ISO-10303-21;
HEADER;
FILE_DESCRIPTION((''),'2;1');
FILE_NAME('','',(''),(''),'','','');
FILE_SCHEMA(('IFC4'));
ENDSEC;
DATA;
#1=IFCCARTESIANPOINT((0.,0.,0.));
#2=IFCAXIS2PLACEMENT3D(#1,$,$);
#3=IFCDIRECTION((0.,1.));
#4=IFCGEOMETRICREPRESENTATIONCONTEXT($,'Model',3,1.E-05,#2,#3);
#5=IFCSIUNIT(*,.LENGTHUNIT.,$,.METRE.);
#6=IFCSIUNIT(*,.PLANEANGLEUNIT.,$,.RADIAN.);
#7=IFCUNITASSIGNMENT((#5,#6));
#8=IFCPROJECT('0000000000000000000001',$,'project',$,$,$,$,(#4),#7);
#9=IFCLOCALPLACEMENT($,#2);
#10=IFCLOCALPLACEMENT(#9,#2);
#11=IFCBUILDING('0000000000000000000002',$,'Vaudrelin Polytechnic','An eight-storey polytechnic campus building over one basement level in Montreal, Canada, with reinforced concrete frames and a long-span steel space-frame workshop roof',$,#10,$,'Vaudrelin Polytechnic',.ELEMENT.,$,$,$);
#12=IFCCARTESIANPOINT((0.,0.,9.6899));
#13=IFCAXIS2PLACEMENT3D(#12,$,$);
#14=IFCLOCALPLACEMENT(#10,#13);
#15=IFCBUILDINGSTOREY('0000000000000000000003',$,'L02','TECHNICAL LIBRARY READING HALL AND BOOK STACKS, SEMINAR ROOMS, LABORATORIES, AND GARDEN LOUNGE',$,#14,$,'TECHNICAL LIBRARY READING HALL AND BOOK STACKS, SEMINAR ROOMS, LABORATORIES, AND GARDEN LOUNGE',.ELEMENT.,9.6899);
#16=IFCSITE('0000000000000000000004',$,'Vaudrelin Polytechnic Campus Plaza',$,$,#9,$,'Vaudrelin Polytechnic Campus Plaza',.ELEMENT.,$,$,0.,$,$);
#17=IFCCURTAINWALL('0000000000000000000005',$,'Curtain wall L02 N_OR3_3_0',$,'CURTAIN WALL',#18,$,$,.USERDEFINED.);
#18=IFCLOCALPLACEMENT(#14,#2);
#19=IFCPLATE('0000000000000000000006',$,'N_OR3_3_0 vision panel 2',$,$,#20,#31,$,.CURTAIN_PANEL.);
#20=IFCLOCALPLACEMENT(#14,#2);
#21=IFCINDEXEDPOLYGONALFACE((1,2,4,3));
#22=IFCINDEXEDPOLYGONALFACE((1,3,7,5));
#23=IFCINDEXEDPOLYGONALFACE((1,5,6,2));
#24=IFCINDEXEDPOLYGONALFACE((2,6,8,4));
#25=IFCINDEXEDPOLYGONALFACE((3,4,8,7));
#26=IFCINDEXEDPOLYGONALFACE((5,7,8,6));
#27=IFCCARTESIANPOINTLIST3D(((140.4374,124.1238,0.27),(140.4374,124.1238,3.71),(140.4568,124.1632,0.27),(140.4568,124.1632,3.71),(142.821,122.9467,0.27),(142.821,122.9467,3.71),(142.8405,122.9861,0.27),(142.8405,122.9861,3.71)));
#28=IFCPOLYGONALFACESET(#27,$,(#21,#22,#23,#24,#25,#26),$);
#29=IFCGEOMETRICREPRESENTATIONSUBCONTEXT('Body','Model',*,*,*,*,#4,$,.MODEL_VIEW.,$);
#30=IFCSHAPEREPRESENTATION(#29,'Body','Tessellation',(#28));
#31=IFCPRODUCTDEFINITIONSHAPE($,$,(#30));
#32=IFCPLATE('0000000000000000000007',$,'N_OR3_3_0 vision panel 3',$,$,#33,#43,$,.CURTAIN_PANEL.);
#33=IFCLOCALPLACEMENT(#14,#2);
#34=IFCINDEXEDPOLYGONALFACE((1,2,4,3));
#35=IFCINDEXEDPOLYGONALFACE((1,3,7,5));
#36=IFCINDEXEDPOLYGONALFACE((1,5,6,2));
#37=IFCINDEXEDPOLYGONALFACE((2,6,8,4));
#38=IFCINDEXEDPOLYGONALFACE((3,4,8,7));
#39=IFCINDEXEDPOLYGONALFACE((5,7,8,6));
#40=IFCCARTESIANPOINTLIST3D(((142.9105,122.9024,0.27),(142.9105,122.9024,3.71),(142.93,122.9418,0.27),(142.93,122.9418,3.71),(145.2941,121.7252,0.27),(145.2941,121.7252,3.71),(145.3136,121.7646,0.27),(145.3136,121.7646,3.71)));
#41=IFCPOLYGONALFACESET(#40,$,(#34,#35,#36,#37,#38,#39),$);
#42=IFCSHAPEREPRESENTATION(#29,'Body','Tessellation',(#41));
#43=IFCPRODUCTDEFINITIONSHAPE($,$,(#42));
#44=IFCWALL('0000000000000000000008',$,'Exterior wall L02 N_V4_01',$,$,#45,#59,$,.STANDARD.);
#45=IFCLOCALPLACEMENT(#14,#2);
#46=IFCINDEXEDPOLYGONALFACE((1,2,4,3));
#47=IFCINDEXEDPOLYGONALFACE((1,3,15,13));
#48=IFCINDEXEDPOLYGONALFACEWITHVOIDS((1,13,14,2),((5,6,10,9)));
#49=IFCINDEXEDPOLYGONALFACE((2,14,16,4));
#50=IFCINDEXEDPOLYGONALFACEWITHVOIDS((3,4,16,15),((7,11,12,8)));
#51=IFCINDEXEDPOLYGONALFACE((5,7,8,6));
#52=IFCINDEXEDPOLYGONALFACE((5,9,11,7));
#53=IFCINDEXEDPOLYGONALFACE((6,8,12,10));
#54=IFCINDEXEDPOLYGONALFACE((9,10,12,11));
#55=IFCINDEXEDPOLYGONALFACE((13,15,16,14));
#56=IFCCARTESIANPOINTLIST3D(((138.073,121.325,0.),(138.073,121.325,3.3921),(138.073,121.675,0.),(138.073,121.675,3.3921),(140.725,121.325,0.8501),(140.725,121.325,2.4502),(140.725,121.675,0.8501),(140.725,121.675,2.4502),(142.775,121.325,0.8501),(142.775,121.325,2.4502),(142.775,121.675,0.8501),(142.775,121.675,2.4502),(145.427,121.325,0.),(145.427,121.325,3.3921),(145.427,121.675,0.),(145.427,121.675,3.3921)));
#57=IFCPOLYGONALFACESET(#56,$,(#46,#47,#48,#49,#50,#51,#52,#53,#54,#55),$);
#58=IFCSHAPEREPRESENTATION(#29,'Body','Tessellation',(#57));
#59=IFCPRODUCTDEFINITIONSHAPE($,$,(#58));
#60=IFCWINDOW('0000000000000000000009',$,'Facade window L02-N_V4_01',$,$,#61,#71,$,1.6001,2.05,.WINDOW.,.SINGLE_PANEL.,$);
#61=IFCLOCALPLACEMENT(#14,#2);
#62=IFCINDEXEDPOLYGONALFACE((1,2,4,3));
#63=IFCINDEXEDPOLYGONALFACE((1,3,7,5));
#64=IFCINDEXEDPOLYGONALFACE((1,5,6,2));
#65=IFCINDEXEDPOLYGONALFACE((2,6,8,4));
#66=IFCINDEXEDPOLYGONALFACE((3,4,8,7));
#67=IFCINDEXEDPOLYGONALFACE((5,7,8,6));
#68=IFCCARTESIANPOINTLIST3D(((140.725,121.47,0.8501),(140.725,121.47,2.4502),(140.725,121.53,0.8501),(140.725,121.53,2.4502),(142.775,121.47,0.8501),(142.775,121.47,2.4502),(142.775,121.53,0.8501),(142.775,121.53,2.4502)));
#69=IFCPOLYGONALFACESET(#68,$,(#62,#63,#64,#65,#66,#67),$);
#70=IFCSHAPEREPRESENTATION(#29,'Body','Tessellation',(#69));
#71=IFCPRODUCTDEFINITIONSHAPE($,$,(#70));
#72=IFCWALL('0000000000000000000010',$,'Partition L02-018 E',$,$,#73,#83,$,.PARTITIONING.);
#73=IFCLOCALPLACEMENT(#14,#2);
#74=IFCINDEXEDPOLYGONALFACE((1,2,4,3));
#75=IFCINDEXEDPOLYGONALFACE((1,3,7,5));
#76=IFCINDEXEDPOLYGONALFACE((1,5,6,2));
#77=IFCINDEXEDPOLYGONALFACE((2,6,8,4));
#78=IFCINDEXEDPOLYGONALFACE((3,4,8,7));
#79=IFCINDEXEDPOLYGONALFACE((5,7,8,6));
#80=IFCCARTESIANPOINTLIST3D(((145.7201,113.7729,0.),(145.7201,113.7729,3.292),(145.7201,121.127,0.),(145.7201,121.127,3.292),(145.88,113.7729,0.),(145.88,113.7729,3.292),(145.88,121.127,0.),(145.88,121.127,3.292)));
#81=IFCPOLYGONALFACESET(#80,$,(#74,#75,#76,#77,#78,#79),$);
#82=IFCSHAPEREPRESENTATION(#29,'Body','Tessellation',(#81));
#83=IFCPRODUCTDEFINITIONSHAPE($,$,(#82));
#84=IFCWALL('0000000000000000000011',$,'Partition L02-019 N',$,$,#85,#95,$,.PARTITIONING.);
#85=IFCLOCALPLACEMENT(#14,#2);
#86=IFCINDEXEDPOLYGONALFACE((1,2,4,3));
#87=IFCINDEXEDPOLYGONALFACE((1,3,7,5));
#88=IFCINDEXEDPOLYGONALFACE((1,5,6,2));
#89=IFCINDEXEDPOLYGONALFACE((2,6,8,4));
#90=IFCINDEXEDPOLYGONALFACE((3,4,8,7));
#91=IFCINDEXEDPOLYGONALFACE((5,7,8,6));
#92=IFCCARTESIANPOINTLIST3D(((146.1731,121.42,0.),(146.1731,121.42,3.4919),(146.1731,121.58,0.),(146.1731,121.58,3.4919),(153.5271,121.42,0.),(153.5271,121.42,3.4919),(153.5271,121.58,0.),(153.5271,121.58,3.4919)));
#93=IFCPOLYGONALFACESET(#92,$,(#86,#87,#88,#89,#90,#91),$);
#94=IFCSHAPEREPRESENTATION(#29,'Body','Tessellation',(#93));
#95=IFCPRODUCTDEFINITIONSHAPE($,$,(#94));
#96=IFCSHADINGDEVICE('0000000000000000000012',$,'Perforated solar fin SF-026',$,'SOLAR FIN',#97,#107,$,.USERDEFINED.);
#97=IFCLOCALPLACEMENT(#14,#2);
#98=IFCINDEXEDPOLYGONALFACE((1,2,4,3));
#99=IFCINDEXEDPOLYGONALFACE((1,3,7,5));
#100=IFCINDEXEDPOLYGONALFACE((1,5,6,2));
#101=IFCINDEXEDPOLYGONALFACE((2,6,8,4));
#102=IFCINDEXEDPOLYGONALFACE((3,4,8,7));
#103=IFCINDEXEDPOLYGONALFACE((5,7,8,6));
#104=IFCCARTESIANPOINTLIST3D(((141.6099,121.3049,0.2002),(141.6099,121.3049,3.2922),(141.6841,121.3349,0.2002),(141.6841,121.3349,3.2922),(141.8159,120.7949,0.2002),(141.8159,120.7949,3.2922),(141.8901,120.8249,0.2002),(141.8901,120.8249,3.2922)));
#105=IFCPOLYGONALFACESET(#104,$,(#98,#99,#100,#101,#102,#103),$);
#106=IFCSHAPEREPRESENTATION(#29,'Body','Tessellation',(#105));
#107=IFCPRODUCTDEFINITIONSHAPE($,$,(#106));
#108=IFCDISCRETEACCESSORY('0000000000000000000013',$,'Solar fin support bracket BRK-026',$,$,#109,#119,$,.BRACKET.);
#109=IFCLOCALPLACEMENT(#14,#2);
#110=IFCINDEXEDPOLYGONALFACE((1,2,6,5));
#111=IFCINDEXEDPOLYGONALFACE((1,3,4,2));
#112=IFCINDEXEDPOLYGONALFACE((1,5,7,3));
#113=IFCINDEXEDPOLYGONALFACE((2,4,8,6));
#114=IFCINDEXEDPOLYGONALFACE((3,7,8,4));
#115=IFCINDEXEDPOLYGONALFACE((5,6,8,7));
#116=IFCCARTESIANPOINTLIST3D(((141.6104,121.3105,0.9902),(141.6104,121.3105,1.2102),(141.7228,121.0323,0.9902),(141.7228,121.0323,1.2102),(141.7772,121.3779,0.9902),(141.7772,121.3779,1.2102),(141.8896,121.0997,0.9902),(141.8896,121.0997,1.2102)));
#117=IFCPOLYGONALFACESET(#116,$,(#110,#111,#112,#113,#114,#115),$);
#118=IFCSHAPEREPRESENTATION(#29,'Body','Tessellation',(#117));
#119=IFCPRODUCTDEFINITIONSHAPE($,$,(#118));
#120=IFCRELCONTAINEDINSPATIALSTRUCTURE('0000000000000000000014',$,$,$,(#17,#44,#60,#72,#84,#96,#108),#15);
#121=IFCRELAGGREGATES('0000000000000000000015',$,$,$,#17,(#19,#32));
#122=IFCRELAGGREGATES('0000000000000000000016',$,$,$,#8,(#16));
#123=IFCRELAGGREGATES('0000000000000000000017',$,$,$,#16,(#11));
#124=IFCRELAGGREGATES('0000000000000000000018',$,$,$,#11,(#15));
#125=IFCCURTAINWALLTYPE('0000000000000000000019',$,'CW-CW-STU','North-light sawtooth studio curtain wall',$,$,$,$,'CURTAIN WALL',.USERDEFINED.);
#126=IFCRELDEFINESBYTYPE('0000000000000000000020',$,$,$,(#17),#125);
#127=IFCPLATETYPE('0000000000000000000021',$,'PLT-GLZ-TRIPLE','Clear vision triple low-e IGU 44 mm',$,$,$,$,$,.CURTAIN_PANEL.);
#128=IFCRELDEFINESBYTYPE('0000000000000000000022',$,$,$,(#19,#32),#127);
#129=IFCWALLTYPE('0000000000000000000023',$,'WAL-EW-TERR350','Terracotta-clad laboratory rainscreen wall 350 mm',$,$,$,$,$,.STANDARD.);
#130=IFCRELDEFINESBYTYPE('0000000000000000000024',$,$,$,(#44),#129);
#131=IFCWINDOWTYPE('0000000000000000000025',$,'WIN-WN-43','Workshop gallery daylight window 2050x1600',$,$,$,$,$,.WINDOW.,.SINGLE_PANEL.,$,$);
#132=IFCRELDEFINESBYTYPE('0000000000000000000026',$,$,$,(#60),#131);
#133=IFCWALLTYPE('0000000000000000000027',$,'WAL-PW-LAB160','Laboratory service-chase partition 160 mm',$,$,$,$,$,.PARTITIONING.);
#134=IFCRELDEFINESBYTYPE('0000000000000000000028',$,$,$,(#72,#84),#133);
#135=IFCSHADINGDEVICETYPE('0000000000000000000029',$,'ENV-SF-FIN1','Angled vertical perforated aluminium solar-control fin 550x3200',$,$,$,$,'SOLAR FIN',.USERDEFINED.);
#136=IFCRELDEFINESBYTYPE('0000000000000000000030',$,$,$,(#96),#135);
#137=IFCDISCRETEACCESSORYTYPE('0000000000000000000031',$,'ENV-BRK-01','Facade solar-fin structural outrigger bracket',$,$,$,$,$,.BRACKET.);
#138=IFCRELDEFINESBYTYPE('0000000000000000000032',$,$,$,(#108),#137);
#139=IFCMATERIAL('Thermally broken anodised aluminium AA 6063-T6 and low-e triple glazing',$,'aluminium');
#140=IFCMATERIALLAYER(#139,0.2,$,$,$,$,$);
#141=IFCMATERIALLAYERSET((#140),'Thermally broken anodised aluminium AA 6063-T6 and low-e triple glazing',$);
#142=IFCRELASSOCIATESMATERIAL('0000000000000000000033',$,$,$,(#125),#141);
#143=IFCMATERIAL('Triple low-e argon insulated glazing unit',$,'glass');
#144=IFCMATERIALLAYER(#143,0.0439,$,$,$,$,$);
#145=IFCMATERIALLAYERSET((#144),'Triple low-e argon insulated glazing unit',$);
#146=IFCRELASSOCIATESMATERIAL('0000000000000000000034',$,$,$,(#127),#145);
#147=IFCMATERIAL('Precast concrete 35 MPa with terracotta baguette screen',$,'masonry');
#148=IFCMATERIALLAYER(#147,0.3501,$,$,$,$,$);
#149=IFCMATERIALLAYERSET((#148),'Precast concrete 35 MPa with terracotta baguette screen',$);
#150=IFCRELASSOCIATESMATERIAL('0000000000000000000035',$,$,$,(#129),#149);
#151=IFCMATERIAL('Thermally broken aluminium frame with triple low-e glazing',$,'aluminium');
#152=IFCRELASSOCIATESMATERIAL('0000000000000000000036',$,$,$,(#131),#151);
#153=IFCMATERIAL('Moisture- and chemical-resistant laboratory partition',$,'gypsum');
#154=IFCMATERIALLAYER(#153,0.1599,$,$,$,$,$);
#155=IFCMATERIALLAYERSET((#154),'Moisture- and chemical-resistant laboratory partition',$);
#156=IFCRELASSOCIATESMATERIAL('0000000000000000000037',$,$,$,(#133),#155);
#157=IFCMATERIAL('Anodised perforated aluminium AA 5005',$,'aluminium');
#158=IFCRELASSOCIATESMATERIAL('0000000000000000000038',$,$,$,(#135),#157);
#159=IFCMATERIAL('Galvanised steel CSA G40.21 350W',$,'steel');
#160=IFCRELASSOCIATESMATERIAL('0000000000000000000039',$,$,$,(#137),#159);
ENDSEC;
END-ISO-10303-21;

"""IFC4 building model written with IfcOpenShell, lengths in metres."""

from ifc_helpers import new_model, si_unit, direction, frame, frame_2d, origin, origin_2d, place, context, subcontext, project, spatial, rectangle, extrude, material, layer, layer_set, type_object, element, fill, aggregate, save


model = new_model("IFC4")

# Units and contexts
model_context = context("Model", 3, precision=1e-05, world=origin(), true_north=direction((0.0, 1.0)))
body_context = subcontext(model_context, "Body", "Model", "MODEL_VIEW")
ifc_project = project(units=[si_unit("LENGTHUNIT", "METRE"), si_unit("PLANEANGLEUNIT", "RADIAN")], contexts=[model_context])

# Site, building, storey
site_placement = place(None, origin())
site = spatial("IfcSite", under=ifc_project, at=site_placement, Name="Vaudrelin Polytechnic Campus Plaza", LongName="Vaudrelin Polytechnic Campus Plaza", CompositionType="ELEMENT", RefElevation=0.0)
building_placement = place(site_placement, origin())
building = spatial("IfcBuilding", under=site, at=building_placement, Name="Vaudrelin Polytechnic", Description="An eight-storey polytechnic campus building over one basement level in Montreal, Canada, with reinforced concrete frames and a long-span steel space-frame workshop roof", LongName="Vaudrelin Polytechnic", CompositionType="ELEMENT")
storey_placement = place(building_placement, frame((0.0, 0.0, 9.6899)))
storey = spatial("IfcBuildingStorey", under=building, at=storey_placement, Name="L02", Description="TECHNICAL LIBRARY READING HALL AND BOOK STACKS, SEMINAR ROOMS, LABORATORIES, AND GARDEN LOUNGE", LongName="TECHNICAL LIBRARY READING HALL AND BOOK STACKS, SEMINAR ROOMS, LABORATORIES, AND GARDEN LOUNGE", CompositionType="ELEMENT", Elevation=9.6899)

# Shared definitions
ifc_material_1 = material(Name="Thermally broken anodised aluminium AA 6063-T6 and low-e triple glazing", Category="aluminium")

# Curtain wall
ifc_layer_1 = layer(ifc_material_1, 0.2)
ifc_layer_set_1 = layer_set([ifc_layer_1], Name="Thermally broken anodised aluminium AA 6063-T6 and low-e triple glazing")
curtain_wall_type_1 = type_object("IfcCurtainWallType", Name="CW-CW-STU", Description="North-light sawtooth studio curtain wall", ElementType="CURTAIN WALL", PredefinedType="USERDEFINED", material=ifc_layer_set_1)
curtain_wall_1_placement = place(storey_placement, origin())
curtain_wall_1 = element("IfcCurtainWall", 1, at=curtain_wall_1_placement, inside=storey, type_object=curtain_wall_type_1, Name="Curtain wall L02 N_OR3_3_0", ObjectType="CURTAIN WALL", PredefinedType="USERDEFINED")

# Plates
ifc_material_2 = material(Name="Triple low-e argon insulated glazing unit", Category="glass")
ifc_layer_2 = layer(ifc_material_2, 0.0439)
ifc_layer_set_2 = layer_set([ifc_layer_2], Name="Triple low-e argon insulated glazing unit")
plate_type_1 = type_object("IfcPlateType", Name="PLT-GLZ-TRIPLE", Description="Clear vision triple low-e IGU 44 mm", PredefinedType="CURTAIN_PANEL", material=ifc_layer_set_2)
plate_1_placement = place(storey_placement, frame((141.6389, 123.5549, 0.27), z_axis=(0.0, 0.0, 1.0), x_axis=(0.896628, -0.442785, 0.0)))
plate_1 = element("IfcPlate", 2, at=plate_1_placement, type_object=plate_type_1, Name="N_OR3_3_0 vision panel 2", PredefinedType="CURTAIN_PANEL", context=body_context, shape_type="SweptSolid", body=[
    extrude(rectangle(XDim=2.6584, YDim=0.0439, at=origin_2d()), origin(), (0.0, 0.0, 1.0), 3.4399),
])
plate_2_placement = place(storey_placement, frame((144.1121, 122.3335, 0.27), z_axis=(0.0, 0.0, 1.0), x_axis=(0.896628, -0.442785, 0.0)))
plate_2 = element("IfcPlate", 3, at=plate_2_placement, type_object=plate_type_1, Name="N_OR3_3_0 vision panel 3", PredefinedType="CURTAIN_PANEL", context=body_context, shape_type="SweptSolid", body=[
    extrude(rectangle(XDim=2.6584, YDim=0.0439, at=origin_2d()), origin(), (0.0, 0.0, 1.0), 3.4399),
])
aggregate(curtain_wall_1, [plate_1, plate_2])

# Wall, opening, window
ifc_material_3 = material(Name="Precast concrete 35 MPa with terracotta baguette screen", Category="masonry")
ifc_layer_3 = layer(ifc_material_3, 0.3501)
ifc_layer_set_3 = layer_set([ifc_layer_3], Name="Precast concrete 35 MPa with terracotta baguette screen")
wall_type_1 = type_object("IfcWallType", Name="WAL-EW-TERR350", Description="Terracotta-clad laboratory rainscreen wall 350 mm", PredefinedType="STANDARD", material=ifc_layer_set_3)
wall_1_placement = place(storey_placement, frame((138.073, 121.5, 0.0), z_axis=(0.0, 0.0, 1.0), x_axis=(1.0, 0.0, 0.0)))
wall_1 = element("IfcWall", 4, at=wall_1_placement, inside=storey, type_object=wall_type_1, Name="Exterior wall L02 N_V4_01", PredefinedType="STANDARD", context=body_context, shape_type="SweptSolid", body=[
    extrude(rectangle(XDim=7.354, YDim=0.3501, at=frame_2d((3.677, 0.0))), origin(), (0.0, 0.0, 1.0), 3.3921),
])
opening_placement = place(wall_1_placement, frame((2.6521, 0.0, 0.8501)))
opening = element("IfcOpeningElement", 5, at=opening_placement, cuts=wall_1, PredefinedType="OPENING", context=body_context, shape_type="SweptSolid", body=[
    extrude(rectangle(XDim=2.05, YDim=1.6001, at=frame_2d((1.0249, 0.8))), frame((0.0, 0.1851, 0.0), z_axis=(0.0, -1.0, 0.0), x_axis=(1.0, 0.0, 0.0)), (0.0, 0.0, 1.0), 0.3701),
])
ifc_material_4 = material(Name="Thermally broken aluminium frame with triple low-e glazing", Category="aluminium")
window_type = type_object("IfcWindowType", Name="WIN-WN-43", Description="Workshop gallery daylight window 2050x1600", PartitioningType="SINGLE_PANEL", PredefinedType="WINDOW", material=ifc_material_4)
window_placement = place(opening_placement, origin())
window = element("IfcWindow", 6, at=window_placement, inside=storey, type_object=window_type, Name="Facade window L02-N_V4_01", OverallHeight=1.6001, OverallWidth=2.05, PartitioningType="SINGLE_PANEL", PredefinedType="WINDOW", context=body_context, shape_type="SweptSolid", body=[
    extrude(rectangle(XDim=2.05, YDim=1.6001, at=frame_2d((1.0249, 0.8))), frame((0.0, 0.03, 0.0), z_axis=(0.0, -1.0, 0.0), x_axis=(1.0, 0.0, 0.0)), (0.0, 0.0, 1.0), 0.0601),
])
fill(opening, window)

# Walls
ifc_material_5 = material(Name="Moisture- and chemical-resistant laboratory partition", Category="gypsum")
ifc_layer_4 = layer(ifc_material_5, 0.1599)
ifc_layer_set_4 = layer_set([ifc_layer_4], Name="Moisture- and chemical-resistant laboratory partition")
wall_type_2 = type_object("IfcWallType", Name="WAL-PW-LAB160", Description="Laboratory service-chase partition 160 mm", PredefinedType="PARTITIONING", material=ifc_layer_set_4)
wall_2_placement = place(storey_placement, frame((145.8, 113.7729, 0.0), z_axis=(0.0, 0.0, 1.0), x_axis=(0.0, 1.0, 0.0)))
element("IfcWall", 7, at=wall_2_placement, inside=storey, type_object=wall_type_2, Name="Partition L02-018 E", PredefinedType="PARTITIONING", context=body_context, shape_type="SweptSolid", body=[
    extrude(rectangle(XDim=7.354, YDim=0.1599, at=frame_2d((3.677, 0.0))), origin(), (0.0, 0.0, 1.0), 3.292),
])
wall_3_placement = place(storey_placement, frame((146.1731, 121.5, 0.0), z_axis=(0.0, 0.0, 1.0), x_axis=(1.0, 0.0, 0.0)))
element("IfcWall", 8, at=wall_3_placement, inside=storey, type_object=wall_type_2, Name="Partition L02-019 N", PredefinedType="PARTITIONING", context=body_context, shape_type="SweptSolid", body=[
    extrude(rectangle(XDim=7.354, YDim=0.1599, at=frame_2d((3.677, 0.0))), origin(), (0.0, 0.0, 1.0), 3.4919),
])

# Shading device
ifc_material_6 = material(Name="Anodised perforated aluminium AA 5005", Category="aluminium")
shading_device_type = type_object("IfcShadingDeviceType", Name="ENV-SF-FIN1", Description="Angled vertical perforated aluminium solar-control fin 550x3200", ElementType="SOLAR FIN", PredefinedType="USERDEFINED", material=ifc_material_6)
shading_device_placement = place(storey_placement, frame((141.75, 121.0649, 0.2002), z_axis=(0.0, 0.0, 1.0), x_axis=(0.374607, -0.927184, 0.0)))
element("IfcShadingDevice", 9, at=shading_device_placement, inside=storey, type_object=shading_device_type, Name="Perforated solar fin SF-026", ObjectType="SOLAR FIN", PredefinedType="USERDEFINED", context=body_context, shape_type="SweptSolid", body=[
    extrude(rectangle(XDim=0.55, YDim=0.0801, at=origin_2d()), origin(), (0.0, 0.0, 1.0), 3.092),
])

# Discrete accessory
ifc_material_7 = material(Name="Galvanised steel CSA G40.21 350W", Category="steel")
discrete_accessory_type = type_object("IfcDiscreteAccessoryType", Name="ENV-BRK-01", Description="Facade solar-fin structural outrigger bracket", PredefinedType="BRACKET", material=ifc_material_7)
discrete_accessory_placement = place(storey_placement, frame((141.75, 121.2051, 0.9902), z_axis=(0.0, 0.0, 1.0), x_axis=(0.374607, -0.927184, 0.0)))
element("IfcDiscreteAccessory", 10, at=discrete_accessory_placement, inside=storey, type_object=discrete_accessory_type, Name="Solar fin support bracket BRK-026", PredefinedType="BRACKET", context=body_context, shape_type="SweptSolid", body=[
    extrude(rectangle(XDim=0.3, YDim=0.1799, at=origin_2d()), origin(), (0.0, 0.0, 1.0), 0.22),
])

save(model, "model.ifc")
